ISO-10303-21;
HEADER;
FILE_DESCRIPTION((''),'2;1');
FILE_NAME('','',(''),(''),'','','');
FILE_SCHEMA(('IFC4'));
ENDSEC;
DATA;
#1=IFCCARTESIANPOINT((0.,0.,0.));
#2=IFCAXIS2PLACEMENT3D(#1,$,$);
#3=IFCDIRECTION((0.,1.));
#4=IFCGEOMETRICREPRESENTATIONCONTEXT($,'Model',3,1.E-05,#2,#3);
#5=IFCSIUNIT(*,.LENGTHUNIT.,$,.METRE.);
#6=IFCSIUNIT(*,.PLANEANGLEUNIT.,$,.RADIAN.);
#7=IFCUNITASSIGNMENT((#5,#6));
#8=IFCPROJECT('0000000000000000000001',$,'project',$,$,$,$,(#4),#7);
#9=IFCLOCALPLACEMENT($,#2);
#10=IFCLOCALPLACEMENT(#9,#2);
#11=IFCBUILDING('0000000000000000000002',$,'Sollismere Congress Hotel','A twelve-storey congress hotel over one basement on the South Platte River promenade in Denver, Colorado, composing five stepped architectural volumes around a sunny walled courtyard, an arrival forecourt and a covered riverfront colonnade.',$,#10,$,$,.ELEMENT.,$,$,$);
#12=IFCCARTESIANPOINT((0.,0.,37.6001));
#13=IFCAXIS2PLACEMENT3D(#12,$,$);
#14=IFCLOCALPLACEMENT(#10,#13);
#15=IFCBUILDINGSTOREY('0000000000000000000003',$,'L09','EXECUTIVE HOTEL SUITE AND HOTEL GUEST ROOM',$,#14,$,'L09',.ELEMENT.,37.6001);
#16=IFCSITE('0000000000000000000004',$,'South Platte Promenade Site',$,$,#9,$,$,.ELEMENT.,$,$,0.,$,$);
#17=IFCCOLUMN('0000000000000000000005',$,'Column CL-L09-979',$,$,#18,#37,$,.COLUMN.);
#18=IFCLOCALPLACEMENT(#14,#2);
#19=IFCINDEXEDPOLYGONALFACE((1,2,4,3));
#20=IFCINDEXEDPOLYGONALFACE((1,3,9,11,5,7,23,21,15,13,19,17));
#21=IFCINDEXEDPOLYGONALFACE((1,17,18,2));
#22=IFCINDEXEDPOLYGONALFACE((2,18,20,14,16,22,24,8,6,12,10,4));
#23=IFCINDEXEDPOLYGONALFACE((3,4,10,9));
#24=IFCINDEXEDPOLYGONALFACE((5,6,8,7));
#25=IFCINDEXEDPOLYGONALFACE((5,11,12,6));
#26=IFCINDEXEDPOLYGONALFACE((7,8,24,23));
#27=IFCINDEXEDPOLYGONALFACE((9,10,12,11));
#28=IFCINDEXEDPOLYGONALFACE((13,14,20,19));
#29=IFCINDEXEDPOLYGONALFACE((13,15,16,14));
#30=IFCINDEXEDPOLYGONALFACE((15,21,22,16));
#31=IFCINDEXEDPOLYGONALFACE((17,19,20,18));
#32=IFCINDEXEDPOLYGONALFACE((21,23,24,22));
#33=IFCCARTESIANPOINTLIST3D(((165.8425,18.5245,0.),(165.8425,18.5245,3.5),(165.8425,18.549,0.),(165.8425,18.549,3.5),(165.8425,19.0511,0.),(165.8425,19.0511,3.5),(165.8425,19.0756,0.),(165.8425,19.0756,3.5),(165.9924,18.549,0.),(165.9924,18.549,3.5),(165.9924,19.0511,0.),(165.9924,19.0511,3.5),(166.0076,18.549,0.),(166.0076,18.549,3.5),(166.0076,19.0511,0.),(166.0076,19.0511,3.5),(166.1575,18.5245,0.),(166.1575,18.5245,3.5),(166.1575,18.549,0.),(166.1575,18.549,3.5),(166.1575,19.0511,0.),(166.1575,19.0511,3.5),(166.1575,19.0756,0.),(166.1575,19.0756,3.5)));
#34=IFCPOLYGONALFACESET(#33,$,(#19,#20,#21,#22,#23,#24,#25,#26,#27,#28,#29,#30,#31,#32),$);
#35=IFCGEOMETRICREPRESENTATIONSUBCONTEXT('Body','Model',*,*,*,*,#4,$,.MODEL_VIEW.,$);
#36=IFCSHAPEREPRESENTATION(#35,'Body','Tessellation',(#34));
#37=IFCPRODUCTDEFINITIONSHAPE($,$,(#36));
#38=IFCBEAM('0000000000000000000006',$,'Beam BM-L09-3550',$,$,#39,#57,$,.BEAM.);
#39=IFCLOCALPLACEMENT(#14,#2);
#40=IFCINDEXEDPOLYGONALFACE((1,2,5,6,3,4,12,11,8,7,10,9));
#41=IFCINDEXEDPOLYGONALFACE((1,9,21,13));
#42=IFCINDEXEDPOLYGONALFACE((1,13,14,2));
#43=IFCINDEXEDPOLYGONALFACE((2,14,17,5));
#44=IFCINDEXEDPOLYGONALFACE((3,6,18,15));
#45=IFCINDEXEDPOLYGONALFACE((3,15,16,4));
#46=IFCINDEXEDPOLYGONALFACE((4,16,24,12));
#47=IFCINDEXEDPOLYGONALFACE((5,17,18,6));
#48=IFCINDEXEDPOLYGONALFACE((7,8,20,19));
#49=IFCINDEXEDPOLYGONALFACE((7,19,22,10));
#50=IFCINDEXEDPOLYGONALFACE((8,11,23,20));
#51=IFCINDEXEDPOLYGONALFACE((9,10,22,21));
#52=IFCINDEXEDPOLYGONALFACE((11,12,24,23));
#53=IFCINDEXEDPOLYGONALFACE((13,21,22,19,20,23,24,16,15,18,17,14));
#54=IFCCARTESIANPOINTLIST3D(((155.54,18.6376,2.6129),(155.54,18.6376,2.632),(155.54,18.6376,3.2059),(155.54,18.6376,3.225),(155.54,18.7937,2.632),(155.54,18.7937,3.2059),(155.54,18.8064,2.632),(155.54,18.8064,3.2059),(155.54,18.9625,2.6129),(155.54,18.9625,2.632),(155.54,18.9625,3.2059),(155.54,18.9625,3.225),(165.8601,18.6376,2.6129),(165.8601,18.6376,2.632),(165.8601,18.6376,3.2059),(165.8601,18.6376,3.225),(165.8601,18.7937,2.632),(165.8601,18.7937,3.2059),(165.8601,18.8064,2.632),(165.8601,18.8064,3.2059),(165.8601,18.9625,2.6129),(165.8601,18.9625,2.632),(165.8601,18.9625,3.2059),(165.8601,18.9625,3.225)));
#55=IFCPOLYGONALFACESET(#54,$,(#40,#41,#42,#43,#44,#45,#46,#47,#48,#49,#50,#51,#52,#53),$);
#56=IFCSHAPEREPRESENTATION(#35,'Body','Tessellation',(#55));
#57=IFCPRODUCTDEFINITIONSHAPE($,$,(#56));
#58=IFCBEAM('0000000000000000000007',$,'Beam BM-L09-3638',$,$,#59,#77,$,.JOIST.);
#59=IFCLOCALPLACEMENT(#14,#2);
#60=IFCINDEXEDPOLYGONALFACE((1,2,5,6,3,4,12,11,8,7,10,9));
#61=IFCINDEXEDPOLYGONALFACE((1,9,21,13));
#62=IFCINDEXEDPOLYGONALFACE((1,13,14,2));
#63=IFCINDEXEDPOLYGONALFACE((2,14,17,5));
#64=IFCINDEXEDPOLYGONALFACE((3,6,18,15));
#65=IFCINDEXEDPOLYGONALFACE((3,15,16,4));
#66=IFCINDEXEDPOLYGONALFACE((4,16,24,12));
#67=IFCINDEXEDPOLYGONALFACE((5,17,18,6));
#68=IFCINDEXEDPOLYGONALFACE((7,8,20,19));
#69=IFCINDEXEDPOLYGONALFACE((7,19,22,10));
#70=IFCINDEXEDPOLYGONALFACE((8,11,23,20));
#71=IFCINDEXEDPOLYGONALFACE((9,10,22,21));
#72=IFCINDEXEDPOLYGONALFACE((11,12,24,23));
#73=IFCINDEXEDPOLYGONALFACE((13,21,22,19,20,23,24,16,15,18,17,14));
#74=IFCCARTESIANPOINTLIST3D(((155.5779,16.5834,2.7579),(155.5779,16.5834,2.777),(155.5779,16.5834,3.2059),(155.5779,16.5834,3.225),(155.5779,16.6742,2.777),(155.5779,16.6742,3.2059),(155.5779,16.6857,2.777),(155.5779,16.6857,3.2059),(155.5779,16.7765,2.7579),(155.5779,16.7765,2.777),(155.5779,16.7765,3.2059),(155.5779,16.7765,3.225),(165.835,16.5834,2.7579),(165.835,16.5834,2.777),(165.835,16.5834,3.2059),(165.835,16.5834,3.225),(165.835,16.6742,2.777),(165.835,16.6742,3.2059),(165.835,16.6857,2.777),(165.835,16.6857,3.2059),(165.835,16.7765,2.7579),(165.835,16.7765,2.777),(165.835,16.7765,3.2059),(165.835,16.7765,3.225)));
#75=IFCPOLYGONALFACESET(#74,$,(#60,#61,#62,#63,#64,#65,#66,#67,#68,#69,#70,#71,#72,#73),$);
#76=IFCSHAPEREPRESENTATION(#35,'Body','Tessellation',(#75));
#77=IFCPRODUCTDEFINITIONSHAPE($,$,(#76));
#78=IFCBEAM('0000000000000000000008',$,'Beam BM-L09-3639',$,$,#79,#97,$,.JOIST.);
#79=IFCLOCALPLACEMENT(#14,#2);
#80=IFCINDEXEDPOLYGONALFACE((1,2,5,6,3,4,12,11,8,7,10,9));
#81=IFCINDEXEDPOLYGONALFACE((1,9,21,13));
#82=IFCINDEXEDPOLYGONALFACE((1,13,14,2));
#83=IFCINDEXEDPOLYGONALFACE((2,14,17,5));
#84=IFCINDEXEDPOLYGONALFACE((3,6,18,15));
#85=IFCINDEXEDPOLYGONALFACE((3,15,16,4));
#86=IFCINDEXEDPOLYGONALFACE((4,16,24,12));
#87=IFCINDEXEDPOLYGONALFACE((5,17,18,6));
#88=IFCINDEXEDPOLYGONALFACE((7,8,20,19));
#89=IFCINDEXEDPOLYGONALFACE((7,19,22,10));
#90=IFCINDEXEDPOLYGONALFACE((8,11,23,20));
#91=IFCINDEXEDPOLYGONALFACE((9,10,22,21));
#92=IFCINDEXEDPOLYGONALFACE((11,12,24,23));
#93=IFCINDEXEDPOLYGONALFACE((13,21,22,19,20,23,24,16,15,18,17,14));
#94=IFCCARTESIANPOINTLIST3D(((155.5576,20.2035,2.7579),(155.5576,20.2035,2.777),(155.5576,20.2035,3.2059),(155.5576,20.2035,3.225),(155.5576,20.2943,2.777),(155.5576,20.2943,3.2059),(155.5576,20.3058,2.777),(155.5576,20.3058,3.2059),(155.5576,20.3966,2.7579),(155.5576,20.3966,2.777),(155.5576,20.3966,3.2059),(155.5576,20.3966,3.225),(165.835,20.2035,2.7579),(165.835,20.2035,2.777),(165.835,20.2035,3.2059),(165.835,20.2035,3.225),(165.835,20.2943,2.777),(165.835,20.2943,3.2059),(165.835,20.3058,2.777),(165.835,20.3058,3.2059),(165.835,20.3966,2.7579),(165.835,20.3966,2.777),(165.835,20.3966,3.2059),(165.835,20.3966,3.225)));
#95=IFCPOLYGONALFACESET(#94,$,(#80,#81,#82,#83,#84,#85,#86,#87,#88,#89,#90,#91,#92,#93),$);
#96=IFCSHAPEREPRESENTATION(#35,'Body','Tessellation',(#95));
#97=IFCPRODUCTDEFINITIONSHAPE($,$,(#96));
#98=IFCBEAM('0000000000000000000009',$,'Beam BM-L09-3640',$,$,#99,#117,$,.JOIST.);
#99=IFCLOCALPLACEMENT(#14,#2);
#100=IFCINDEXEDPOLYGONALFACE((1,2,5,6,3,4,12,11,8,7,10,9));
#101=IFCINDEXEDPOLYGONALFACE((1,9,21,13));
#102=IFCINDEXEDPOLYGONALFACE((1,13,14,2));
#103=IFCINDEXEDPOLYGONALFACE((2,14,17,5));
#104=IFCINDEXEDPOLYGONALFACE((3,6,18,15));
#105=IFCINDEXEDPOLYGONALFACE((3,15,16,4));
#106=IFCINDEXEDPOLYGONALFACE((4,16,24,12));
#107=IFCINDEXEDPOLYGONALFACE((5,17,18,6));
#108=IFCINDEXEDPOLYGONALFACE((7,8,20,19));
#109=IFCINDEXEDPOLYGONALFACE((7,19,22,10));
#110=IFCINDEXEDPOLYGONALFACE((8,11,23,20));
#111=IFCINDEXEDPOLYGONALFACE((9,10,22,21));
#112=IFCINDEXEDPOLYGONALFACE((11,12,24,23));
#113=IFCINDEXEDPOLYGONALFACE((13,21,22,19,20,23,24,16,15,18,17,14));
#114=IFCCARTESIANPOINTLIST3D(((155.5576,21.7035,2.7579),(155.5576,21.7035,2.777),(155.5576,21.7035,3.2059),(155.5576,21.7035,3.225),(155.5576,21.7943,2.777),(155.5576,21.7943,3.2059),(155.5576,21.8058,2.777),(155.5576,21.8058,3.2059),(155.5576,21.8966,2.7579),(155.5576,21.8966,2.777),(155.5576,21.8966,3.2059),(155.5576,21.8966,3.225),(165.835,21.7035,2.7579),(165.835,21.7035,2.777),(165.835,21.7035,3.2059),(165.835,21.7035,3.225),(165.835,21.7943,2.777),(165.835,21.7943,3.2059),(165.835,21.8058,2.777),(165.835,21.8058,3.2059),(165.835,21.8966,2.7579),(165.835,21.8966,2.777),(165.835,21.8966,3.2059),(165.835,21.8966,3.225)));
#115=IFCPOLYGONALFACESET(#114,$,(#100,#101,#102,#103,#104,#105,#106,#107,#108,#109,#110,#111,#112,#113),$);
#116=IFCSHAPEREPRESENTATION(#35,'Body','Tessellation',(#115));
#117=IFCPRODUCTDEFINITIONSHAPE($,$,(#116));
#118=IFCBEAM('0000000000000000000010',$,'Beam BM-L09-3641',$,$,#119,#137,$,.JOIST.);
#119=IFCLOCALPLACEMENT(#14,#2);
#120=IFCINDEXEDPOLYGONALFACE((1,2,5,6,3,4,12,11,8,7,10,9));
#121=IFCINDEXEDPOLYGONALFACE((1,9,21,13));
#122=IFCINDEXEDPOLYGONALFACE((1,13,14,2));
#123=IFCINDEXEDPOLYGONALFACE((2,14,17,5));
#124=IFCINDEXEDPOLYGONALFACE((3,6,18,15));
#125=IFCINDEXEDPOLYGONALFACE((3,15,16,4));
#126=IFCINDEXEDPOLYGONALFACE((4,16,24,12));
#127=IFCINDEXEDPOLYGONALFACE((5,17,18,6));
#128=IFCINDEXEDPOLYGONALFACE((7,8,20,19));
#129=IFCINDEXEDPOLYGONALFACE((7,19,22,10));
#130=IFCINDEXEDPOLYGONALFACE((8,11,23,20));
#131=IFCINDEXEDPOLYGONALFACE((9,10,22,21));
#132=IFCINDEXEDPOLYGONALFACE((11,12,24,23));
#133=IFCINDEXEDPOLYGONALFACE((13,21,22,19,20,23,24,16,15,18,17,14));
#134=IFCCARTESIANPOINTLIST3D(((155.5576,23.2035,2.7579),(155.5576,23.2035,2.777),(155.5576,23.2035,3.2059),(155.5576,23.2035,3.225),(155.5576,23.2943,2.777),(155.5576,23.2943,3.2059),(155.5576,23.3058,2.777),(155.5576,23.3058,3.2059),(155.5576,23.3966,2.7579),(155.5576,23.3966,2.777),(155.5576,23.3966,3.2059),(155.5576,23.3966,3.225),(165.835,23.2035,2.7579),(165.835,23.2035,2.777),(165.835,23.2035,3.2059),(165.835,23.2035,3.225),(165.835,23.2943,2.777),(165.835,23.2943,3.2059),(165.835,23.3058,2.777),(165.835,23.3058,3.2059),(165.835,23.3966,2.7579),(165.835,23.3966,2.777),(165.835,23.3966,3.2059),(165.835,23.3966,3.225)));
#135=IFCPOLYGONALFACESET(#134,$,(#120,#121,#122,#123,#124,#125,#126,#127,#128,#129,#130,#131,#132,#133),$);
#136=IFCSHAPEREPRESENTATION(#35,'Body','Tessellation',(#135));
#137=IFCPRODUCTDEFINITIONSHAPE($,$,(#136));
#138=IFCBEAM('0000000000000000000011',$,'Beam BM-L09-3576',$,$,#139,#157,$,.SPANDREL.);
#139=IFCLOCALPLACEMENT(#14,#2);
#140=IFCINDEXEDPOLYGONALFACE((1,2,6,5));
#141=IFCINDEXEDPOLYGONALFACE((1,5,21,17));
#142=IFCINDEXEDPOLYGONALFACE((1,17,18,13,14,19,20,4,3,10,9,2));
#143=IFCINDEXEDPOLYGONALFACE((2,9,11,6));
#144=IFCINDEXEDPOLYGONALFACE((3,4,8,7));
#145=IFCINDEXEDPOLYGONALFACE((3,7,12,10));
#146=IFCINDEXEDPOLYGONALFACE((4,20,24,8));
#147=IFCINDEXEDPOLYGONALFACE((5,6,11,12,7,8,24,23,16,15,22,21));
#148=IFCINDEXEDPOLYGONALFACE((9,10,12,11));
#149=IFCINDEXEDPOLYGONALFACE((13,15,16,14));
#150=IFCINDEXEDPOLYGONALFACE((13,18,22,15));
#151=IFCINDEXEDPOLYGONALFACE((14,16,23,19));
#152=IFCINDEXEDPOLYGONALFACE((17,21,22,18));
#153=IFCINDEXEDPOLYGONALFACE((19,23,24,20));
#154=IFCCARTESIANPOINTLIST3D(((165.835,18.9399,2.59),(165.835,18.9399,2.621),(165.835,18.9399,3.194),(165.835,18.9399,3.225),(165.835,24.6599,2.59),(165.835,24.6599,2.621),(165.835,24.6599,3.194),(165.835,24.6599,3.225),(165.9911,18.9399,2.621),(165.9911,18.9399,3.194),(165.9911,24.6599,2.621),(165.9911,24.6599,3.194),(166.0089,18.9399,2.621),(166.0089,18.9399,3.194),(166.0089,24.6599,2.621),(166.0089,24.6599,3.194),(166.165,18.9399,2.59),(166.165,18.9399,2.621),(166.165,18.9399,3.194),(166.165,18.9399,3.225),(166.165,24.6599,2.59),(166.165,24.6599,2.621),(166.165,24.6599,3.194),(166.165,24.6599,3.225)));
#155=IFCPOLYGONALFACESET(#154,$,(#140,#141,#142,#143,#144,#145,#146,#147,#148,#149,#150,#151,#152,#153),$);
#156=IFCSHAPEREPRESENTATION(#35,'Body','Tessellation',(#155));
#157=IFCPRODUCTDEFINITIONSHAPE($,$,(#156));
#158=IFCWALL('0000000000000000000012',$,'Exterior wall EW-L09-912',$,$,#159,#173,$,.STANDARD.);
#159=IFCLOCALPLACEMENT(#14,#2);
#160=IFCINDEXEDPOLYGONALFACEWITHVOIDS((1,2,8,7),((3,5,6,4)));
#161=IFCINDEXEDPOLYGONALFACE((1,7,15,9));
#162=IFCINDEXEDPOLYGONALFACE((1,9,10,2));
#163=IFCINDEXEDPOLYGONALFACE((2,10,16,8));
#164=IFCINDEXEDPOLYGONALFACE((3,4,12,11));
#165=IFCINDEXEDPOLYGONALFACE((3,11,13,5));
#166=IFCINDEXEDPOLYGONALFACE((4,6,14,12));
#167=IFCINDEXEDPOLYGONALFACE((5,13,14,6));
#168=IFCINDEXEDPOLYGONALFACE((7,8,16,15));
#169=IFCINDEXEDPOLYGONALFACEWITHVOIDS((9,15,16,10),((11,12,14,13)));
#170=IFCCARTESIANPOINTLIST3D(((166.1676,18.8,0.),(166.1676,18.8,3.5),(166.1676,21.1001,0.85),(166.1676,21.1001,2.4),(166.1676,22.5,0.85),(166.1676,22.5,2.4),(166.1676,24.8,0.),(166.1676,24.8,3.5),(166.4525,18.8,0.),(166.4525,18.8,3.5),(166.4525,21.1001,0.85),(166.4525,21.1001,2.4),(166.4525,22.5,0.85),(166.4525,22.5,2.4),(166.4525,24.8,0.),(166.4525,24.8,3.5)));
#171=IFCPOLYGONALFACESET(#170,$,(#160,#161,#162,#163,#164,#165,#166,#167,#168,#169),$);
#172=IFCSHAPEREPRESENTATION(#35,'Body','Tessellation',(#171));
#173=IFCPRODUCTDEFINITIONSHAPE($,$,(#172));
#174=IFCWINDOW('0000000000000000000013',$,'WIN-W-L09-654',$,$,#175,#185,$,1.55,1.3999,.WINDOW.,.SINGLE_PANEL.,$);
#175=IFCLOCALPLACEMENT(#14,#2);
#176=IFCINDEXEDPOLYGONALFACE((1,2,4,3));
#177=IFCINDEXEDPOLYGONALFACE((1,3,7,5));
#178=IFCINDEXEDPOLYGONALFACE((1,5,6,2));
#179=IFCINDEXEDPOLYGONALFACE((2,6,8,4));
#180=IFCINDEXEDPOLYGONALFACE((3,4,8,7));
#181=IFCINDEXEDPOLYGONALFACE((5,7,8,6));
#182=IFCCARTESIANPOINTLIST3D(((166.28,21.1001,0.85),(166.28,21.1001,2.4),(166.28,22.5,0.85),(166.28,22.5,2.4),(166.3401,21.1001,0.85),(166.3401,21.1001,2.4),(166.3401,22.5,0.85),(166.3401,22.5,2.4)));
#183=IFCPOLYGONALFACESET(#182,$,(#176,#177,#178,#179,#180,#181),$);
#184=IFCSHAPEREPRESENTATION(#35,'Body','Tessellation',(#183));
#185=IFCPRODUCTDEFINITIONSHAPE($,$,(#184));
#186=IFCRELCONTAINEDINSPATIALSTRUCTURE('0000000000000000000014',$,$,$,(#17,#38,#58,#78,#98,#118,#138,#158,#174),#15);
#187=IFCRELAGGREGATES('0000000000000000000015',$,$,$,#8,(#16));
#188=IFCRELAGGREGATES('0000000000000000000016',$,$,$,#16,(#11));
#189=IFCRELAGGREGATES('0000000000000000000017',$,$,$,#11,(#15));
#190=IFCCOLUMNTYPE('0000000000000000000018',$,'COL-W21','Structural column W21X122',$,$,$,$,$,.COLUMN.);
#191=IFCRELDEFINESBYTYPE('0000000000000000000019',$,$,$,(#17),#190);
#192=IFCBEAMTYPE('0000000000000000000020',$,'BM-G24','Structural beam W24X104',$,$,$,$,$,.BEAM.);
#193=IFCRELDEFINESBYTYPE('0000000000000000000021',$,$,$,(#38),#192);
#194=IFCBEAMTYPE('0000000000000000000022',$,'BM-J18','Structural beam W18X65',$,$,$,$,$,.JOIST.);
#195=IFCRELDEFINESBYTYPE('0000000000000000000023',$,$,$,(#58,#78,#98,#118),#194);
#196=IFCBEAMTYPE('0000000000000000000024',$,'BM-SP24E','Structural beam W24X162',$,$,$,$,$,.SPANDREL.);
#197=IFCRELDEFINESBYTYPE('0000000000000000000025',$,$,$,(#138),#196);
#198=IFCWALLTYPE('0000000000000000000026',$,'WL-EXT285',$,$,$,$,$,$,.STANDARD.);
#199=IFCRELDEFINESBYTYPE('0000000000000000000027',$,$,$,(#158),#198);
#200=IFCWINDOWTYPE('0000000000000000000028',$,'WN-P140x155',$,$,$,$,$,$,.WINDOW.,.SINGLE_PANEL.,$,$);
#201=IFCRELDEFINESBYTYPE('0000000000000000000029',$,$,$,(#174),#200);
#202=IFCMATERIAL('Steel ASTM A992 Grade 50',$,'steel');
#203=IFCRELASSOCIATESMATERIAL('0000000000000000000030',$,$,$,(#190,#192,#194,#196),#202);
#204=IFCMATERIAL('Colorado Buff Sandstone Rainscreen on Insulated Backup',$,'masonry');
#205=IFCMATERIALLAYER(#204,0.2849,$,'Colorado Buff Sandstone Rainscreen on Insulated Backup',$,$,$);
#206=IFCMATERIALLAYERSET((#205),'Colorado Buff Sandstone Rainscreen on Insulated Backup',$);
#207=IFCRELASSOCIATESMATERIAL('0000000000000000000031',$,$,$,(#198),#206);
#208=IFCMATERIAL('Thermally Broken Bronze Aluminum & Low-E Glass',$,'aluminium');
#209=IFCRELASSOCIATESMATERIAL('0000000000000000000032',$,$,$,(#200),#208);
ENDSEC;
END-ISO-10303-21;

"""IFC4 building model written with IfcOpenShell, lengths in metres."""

from ifc_helpers import new_model, si_unit, direction, frame, frame_2d, origin, origin_2d, place, context, subcontext, project, spatial, rectangle, i_section, extrude, material, layer, layer_set, material_profile, profile_set, type_object, element, fill, save


model = new_model("IFC4")

# Units and contexts
model_context = context("Model", 3, precision=1e-05, world=origin(), true_north=direction((0.0, 1.0)))
body_context = subcontext(model_context, "Body", "Model", "MODEL_VIEW")
ifc_project = project(units=[si_unit("LENGTHUNIT", "METRE"), si_unit("PLANEANGLEUNIT", "RADIAN")], contexts=[model_context])

# Site, building, storey
site_placement = place(None, origin())
site = spatial("IfcSite", under=ifc_project, at=site_placement, Name="South Platte Promenade Site", CompositionType="ELEMENT", RefElevation=0.0)
building_placement = place(site_placement, origin())
building = spatial("IfcBuilding", under=site, at=building_placement, Name="Sollismere Congress Hotel", Description="A twelve-storey congress hotel over one basement on the South Platte River promenade in Denver, Colorado, composing five stepped architectural volumes around a sunny walled courtyard, an arrival forecourt and a covered riverfront colonnade.", CompositionType="ELEMENT")
storey_placement = place(building_placement, frame((0.0, 0.0, 37.6001)))
storey = spatial("IfcBuildingStorey", under=building, at=storey_placement, Name="L09", Description="EXECUTIVE HOTEL SUITE AND HOTEL GUEST ROOM", LongName="L09", CompositionType="ELEMENT", Elevation=37.6001)

# Column
ifc_material_1 = material(Name="Steel ASTM A992 Grade 50", Category="steel")
ifc_material_profile_1 = material_profile(ifc_material_1, i_section(OverallWidth=0.3149, OverallDepth=0.551, WebThickness=0.0151, FlangeThickness=0.0244, at=origin_2d()), Name="W21X122")
ifc_profile_set_1 = profile_set([ifc_material_profile_1], Name="Steel ASTM A992 Grade 50")
column_type = type_object("IfcColumnType", Name="COL-W21", Description="Structural column W21X122", PredefinedType="COLUMN", material=ifc_profile_set_1)
column_placement = place(storey_placement, frame((166.0, 18.8, 0.0), z_axis=(0.0, 0.0, 1.0), x_axis=(1.0, 0.0, 0.0)))
element("IfcColumn", 1, at=column_placement, inside=storey, type_object=column_type, Name="Column CL-L09-979", PredefinedType="COLUMN", context=body_context, shape_type="SweptSolid", body=[
    extrude(i_section(OverallWidth=0.3149, OverallDepth=0.551, WebThickness=0.0151, FlangeThickness=0.0244, at=origin_2d()), origin(), (0.0, 0.0, 1.0), 3.5),
])

# Beams
ifc_material_profile_2 = material_profile(ifc_material_1, i_section(OverallWidth=0.325, OverallDepth=0.6121, WebThickness=0.0127, FlangeThickness=0.019, at=origin_2d()), Name="W24X104")
ifc_profile_set_2 = profile_set([ifc_material_profile_2], Name="Steel ASTM A992 Grade 50")
beam_type_1 = type_object("IfcBeamType", Name="BM-G24", Description="Structural beam W24X104", PredefinedType="BEAM", material=ifc_profile_set_2)
beam_1_placement = place(storey_placement, frame((155.54, 18.8, 2.9189), z_axis=(1.0, 0.0, 0.0), x_axis=(0.0, 1.0, 0.0)))
element("IfcBeam", 2, at=beam_1_placement, inside=storey, type_object=beam_type_1, Name="Beam BM-L09-3550", PredefinedType="BEAM", context=body_context, shape_type="SweptSolid", body=[
    extrude(i_section(OverallWidth=0.325, OverallDepth=0.6121, WebThickness=0.0127, FlangeThickness=0.019, at=origin_2d()), origin(), (0.0, 0.0, 1.0), 10.3201),
])
ifc_material_profile_3 = material_profile(ifc_material_1, i_section(OverallWidth=0.1931, OverallDepth=0.467, WebThickness=0.0115, FlangeThickness=0.019, at=origin_2d()), Name="W18X65")
ifc_profile_set_3 = profile_set([ifc_material_profile_3], Name="Steel ASTM A992 Grade 50")
beam_type_2 = type_object("IfcBeamType", Name="BM-J18", Description="Structural beam W18X65", PredefinedType="JOIST", material=ifc_profile_set_3)
beam_2_placement = place(storey_placement, frame((155.5779, 16.6799, 2.9915), z_axis=(1.0, 0.0, 0.0), x_axis=(0.0, 1.0, 0.0)))
element("IfcBeam", 3, at=beam_2_placement, inside=storey, type_object=beam_type_2, Name="Beam BM-L09-3638", PredefinedType="JOIST", context=body_context, shape_type="SweptSolid", body=[
    extrude(i_section(OverallWidth=0.1931, OverallDepth=0.467, WebThickness=0.0115, FlangeThickness=0.019, at=origin_2d()), origin(), (0.0, 0.0, 1.0), 10.2571),
])
for number, where, z_axis, x_axis, name in (
    (4, (155.5576, 20.3, 2.9915), (1.0, 0.0, 0.0), (0.0, 1.0, 0.0), "Beam BM-L09-3639"),
    (5, (155.5576, 21.8, 2.9915), (1.0, 0.0, 0.0), (0.0, 1.0, 0.0), "Beam BM-L09-3640"),
    (6, (155.5576, 23.3, 2.9915), (1.0, 0.0, 0.0), (0.0, 1.0, 0.0), "Beam BM-L09-3641"),
):
    element("IfcBeam", number, at=place(storey_placement, frame(where, z_axis=z_axis, x_axis=x_axis)), inside=storey, type_object=beam_type_2, Name=name, PredefinedType="JOIST", context=body_context, shape_type="SweptSolid", body=[
        extrude(i_section(OverallWidth=0.1931, OverallDepth=0.467, WebThickness=0.0115, FlangeThickness=0.019, at=origin_2d()), origin(), (0.0, 0.0, 1.0), 10.2773),
    ])
ifc_material_profile_4 = material_profile(ifc_material_1, i_section(OverallWidth=0.3301, OverallDepth=0.635, WebThickness=0.0178, FlangeThickness=0.031, at=origin_2d()), Name="W24X162")
ifc_profile_set_4 = profile_set([ifc_material_profile_4], Name="Steel ASTM A992 Grade 50")
beam_type_3 = type_object("IfcBeamType", Name="BM-SP24E", Description="Structural beam W24X162", PredefinedType="SPANDREL", material=ifc_profile_set_4)
beam_3_placement = place(storey_placement, frame((166.0, 18.9399, 2.9075), z_axis=(0.0, 1.0, 0.0), x_axis=(-1.0, 0.0, 0.0)))
element("IfcBeam", 7, at=beam_3_placement, inside=storey, type_object=beam_type_3, Name="Beam BM-L09-3576", PredefinedType="SPANDREL", context=body_context, shape_type="SweptSolid", body=[
    extrude(i_section(OverallWidth=0.3301, OverallDepth=0.635, WebThickness=0.0178, FlangeThickness=0.031, at=origin_2d()), origin(), (0.0, 0.0, 1.0), 5.72),
])

# Wall, opening, window
ifc_material_2 = material(Name="Colorado Buff Sandstone Rainscreen on Insulated Backup", Category="masonry")
ifc_layer_1 = layer(ifc_material_2, 0.2849, Name="Colorado Buff Sandstone Rainscreen on Insulated Backup")
ifc_layer_set_1 = layer_set([ifc_layer_1], Name="Colorado Buff Sandstone Rainscreen on Insulated Backup")
wall_type_1 = type_object("IfcWallType", Name="WL-EXT285", PredefinedType="STANDARD", material=ifc_layer_set_1)
wall_1_placement = place(storey_placement, frame((166.3101, 18.8, 0.0), z_axis=(0.0, 0.0, 1.0), x_axis=(0.0, 1.0, 0.0)))
wall_1 = element("IfcWall", 8, at=wall_1_placement, inside=storey, type_object=wall_type_1, Name="Exterior wall EW-L09-912", PredefinedType="STANDARD", context=body_context, shape_type="SweptSolid", body=[
    extrude(rectangle(XDim=6.0, YDim=0.2849, at=frame_2d((3.0, 0.0))), origin(), (0.0, 0.0, 1.0), 3.5),
])
opening_1_placement = place(wall_1_placement, frame((2.3, 0.0, 0.8501)))
opening_1 = element("IfcOpeningElement", 9, at=opening_1_placement, cuts=wall_1, PredefinedType="OPENING", context=body_context, shape_type="SweptSolid", body=[
    extrude(rectangle(XDim=1.3999, YDim=1.55, at=frame_2d((0.7, 0.7749))), frame((0.0, 0.1523, 0.0), z_axis=(0.0, -1.0, 0.0), x_axis=(1.0, 0.0, 0.0)), (0.0, 0.0, 1.0), 0.3049),
])
ifc_material_3 = material(Name="Thermally Broken Bronze Aluminum & Low-E Glass", Category="aluminium")
window_type = type_object("IfcWindowType", Name="WN-P140x155", PartitioningType="SINGLE_PANEL", PredefinedType="WINDOW", material=ifc_material_3)
window_placement = place(opening_1_placement, origin())
window = element("IfcWindow", 10, at=window_placement, inside=storey, type_object=window_type, Name="WIN-W-L09-654", OverallHeight=1.55, OverallWidth=1.3999, PartitioningType="SINGLE_PANEL", PredefinedType="WINDOW", context=body_context, shape_type="SweptSolid", body=[
    extrude(rectangle(XDim=1.3999, YDim=1.55, at=frame_2d((0.7, 0.7749))), frame((0.0, 0.03, 0.0), z_axis=(0.0, -1.0, 0.0), x_axis=(1.0, 0.0, 0.0)), (0.0, 0.0, 1.0), 0.0601),
])
fill(opening_1, window)

save(model, "model.ifc")
